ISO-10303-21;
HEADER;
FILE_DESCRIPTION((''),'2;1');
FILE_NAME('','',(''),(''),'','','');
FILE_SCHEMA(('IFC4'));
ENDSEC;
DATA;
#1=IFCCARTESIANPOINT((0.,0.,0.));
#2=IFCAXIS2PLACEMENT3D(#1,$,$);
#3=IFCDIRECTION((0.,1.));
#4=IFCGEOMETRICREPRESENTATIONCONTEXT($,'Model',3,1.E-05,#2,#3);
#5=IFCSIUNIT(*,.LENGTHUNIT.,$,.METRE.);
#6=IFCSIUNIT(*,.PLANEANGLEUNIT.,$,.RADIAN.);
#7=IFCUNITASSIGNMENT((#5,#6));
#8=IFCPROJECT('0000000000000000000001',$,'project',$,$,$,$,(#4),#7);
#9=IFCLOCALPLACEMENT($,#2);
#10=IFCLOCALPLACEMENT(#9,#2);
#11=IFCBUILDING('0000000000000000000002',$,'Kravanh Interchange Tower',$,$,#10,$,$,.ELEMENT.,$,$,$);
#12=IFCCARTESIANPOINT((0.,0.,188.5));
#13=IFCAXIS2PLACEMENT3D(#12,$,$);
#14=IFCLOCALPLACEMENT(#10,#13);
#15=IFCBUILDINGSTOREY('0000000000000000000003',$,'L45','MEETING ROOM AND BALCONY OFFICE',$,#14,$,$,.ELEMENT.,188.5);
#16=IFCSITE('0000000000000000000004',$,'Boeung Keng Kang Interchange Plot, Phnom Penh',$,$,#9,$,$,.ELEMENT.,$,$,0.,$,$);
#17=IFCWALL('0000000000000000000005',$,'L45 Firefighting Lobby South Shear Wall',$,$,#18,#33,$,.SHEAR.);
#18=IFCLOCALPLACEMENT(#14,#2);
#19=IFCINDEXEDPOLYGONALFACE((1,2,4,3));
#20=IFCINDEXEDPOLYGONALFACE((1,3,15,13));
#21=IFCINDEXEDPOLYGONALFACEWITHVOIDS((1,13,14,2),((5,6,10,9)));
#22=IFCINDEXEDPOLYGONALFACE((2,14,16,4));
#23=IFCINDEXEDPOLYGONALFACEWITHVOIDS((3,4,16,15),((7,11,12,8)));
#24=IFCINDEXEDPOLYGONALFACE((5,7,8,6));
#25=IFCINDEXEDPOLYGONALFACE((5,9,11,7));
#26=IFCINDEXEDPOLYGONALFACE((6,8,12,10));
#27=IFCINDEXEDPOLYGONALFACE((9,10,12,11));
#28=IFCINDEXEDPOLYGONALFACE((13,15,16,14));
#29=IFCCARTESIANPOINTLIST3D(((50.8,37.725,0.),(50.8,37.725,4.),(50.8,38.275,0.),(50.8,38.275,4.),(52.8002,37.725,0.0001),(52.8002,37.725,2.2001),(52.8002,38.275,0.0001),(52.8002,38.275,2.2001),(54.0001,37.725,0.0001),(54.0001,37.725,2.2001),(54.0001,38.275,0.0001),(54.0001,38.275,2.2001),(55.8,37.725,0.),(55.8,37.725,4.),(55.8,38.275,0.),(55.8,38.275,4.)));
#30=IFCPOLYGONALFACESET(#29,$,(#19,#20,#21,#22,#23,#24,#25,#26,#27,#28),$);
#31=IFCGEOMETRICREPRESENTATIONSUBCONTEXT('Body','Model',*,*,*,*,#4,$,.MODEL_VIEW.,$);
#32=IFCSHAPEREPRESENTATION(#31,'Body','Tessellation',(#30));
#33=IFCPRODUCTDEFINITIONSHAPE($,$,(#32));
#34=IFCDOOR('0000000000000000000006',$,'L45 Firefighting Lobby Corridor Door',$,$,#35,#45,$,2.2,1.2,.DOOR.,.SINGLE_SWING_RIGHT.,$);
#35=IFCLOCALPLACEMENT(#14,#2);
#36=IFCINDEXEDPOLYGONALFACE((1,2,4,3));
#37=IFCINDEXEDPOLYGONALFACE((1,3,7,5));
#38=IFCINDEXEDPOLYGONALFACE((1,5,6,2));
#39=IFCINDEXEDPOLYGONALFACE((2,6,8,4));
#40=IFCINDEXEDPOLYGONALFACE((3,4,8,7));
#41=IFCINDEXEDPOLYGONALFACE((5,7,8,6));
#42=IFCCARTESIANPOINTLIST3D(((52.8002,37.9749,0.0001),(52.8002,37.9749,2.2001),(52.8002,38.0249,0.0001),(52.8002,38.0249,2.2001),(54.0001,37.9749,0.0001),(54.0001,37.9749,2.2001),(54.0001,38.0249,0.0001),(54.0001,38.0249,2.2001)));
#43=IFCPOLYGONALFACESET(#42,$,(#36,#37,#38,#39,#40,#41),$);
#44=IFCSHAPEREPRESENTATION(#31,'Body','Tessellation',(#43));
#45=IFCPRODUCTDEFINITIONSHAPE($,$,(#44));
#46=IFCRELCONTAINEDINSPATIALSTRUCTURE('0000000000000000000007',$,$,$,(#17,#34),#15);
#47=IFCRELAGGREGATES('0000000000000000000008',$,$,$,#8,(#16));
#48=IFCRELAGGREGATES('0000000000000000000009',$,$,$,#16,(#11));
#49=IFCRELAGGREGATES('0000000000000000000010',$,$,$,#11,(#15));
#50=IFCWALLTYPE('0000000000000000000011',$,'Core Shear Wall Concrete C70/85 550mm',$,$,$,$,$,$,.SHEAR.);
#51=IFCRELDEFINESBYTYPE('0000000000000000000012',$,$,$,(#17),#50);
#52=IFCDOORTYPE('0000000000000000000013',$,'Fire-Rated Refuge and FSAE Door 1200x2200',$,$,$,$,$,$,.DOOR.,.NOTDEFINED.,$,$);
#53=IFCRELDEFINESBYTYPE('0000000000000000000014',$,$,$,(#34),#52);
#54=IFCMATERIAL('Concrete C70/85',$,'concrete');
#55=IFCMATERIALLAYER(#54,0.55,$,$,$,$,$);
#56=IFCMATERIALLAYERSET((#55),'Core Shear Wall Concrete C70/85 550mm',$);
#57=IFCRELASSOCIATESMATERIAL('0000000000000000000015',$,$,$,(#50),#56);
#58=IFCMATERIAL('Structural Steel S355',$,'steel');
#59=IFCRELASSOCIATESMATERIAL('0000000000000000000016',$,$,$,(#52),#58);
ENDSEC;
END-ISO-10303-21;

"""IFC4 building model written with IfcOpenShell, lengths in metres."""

from ifc_helpers import new_model, si_unit, direction, frame, frame_2d, origin, place, context, subcontext, project, spatial, rectangle, extrude, material, layer, layer_set, type_object, element, fill, save


model = new_model("IFC4")

# Units and contexts
model_context = context("Model", 3, precision=1e-05, world=origin(), true_north=direction((0.0, 1.0)))
body_context = subcontext(model_context, "Body", "Model", "MODEL_VIEW")
ifc_project = project(units=[si_unit("LENGTHUNIT", "METRE"), si_unit("PLANEANGLEUNIT", "RADIAN")], contexts=[model_context])

# Site, building, storey
site_placement = place(None, origin())
site = spatial("IfcSite", under=ifc_project, at=site_placement, Name="Boeung Keng Kang Interchange Plot, Phnom Penh", CompositionType="ELEMENT", RefElevation=0.0)
building_placement = place(site_placement, origin())
building = spatial("IfcBuilding", under=site, at=building_placement, Name="Kravanh Interchange Tower", CompositionType="ELEMENT")
storey_placement = place(building_placement, frame((0.0, 0.0, 188.5)))
storey = spatial("IfcBuildingStorey", under=building, at=storey_placement, Name="L45", Description="MEETING ROOM AND BALCONY OFFICE", CompositionType="ELEMENT", Elevation=188.5)

# Shared definitions
ifc_material_1 = material(Name="Concrete C70/85", Category="concrete")
ifc_layer_1 = layer(ifc_material_1, 0.55)
ifc_layer_set_1 = layer_set([ifc_layer_1], Name="Core Shear Wall Concrete C70/85 550mm")
wall_type_1 = type_object("IfcWallType", Name="Core Shear Wall Concrete C70/85 550mm", PredefinedType="SHEAR", material=ifc_layer_set_1)

# Wall, opening, door
wall_1_placement = place(storey_placement, frame((50.8, 38.0, 0.0), z_axis=(0.0, 0.0, 1.0), x_axis=(1.0, 0.0, 0.0)))
wall_1 = element("IfcWall", 1, at=wall_1_placement, inside=storey, type_object=wall_type_1, Name="L45 Firefighting Lobby South Shear Wall", PredefinedType="SHEAR", context=body_context, shape_type="SweptSolid", body=[
    extrude(rectangle(XDim=5.0, YDim=0.55, at=frame_2d((2.5, 0.0))), origin(), (0.0, 0.0, 1.0), 4.0),
])
opening_1_placement = place(wall_1_placement, frame((2.0, 0.0, 0.0)))
opening_1 = element("IfcOpeningElement", 2, at=opening_1_placement, cuts=wall_1, PredefinedType="OPENING", context=body_context, shape_type="SweptSolid", body=[
    extrude(rectangle(XDim=1.2, YDim=2.2, at=frame_2d((0.6001, 1.1001))), frame((0.0, 0.2852, 0.0), z_axis=(0.0, -1.0, 0.0), x_axis=(1.0, 0.0, 0.0)), (0.0, 0.0, 1.0), 0.5701),
])
ifc_material_2 = material(Name="Structural Steel S355", Category="steel")
door_type_1 = type_object("IfcDoorType", Name="Fire-Rated Refuge and FSAE Door 1200x2200", OperationType="NOTDEFINED", PredefinedType="DOOR", material=ifc_material_2)
door_1_placement = place(opening_1_placement, origin())
door_1 = element("IfcDoor", 3, at=door_1_placement, inside=storey, type_object=door_type_1, Name="L45 Firefighting Lobby Corridor Door", OperationType="SINGLE_SWING_RIGHT", OverallHeight=2.2, OverallWidth=1.2, PredefinedType="DOOR", context=body_context, shape_type="SweptSolid", body=[
    extrude(rectangle(XDim=1.2, YDim=2.2, at=frame_2d((0.6001, 1.1001))), frame((0.0, 0.0249, 0.0), z_axis=(0.0, -1.0, 0.0), x_axis=(1.0, 0.0, 0.0)), (0.0, 0.0, 1.0), 0.05),
])
fill(opening_1, door_1)

save(model, "model.ifc")
